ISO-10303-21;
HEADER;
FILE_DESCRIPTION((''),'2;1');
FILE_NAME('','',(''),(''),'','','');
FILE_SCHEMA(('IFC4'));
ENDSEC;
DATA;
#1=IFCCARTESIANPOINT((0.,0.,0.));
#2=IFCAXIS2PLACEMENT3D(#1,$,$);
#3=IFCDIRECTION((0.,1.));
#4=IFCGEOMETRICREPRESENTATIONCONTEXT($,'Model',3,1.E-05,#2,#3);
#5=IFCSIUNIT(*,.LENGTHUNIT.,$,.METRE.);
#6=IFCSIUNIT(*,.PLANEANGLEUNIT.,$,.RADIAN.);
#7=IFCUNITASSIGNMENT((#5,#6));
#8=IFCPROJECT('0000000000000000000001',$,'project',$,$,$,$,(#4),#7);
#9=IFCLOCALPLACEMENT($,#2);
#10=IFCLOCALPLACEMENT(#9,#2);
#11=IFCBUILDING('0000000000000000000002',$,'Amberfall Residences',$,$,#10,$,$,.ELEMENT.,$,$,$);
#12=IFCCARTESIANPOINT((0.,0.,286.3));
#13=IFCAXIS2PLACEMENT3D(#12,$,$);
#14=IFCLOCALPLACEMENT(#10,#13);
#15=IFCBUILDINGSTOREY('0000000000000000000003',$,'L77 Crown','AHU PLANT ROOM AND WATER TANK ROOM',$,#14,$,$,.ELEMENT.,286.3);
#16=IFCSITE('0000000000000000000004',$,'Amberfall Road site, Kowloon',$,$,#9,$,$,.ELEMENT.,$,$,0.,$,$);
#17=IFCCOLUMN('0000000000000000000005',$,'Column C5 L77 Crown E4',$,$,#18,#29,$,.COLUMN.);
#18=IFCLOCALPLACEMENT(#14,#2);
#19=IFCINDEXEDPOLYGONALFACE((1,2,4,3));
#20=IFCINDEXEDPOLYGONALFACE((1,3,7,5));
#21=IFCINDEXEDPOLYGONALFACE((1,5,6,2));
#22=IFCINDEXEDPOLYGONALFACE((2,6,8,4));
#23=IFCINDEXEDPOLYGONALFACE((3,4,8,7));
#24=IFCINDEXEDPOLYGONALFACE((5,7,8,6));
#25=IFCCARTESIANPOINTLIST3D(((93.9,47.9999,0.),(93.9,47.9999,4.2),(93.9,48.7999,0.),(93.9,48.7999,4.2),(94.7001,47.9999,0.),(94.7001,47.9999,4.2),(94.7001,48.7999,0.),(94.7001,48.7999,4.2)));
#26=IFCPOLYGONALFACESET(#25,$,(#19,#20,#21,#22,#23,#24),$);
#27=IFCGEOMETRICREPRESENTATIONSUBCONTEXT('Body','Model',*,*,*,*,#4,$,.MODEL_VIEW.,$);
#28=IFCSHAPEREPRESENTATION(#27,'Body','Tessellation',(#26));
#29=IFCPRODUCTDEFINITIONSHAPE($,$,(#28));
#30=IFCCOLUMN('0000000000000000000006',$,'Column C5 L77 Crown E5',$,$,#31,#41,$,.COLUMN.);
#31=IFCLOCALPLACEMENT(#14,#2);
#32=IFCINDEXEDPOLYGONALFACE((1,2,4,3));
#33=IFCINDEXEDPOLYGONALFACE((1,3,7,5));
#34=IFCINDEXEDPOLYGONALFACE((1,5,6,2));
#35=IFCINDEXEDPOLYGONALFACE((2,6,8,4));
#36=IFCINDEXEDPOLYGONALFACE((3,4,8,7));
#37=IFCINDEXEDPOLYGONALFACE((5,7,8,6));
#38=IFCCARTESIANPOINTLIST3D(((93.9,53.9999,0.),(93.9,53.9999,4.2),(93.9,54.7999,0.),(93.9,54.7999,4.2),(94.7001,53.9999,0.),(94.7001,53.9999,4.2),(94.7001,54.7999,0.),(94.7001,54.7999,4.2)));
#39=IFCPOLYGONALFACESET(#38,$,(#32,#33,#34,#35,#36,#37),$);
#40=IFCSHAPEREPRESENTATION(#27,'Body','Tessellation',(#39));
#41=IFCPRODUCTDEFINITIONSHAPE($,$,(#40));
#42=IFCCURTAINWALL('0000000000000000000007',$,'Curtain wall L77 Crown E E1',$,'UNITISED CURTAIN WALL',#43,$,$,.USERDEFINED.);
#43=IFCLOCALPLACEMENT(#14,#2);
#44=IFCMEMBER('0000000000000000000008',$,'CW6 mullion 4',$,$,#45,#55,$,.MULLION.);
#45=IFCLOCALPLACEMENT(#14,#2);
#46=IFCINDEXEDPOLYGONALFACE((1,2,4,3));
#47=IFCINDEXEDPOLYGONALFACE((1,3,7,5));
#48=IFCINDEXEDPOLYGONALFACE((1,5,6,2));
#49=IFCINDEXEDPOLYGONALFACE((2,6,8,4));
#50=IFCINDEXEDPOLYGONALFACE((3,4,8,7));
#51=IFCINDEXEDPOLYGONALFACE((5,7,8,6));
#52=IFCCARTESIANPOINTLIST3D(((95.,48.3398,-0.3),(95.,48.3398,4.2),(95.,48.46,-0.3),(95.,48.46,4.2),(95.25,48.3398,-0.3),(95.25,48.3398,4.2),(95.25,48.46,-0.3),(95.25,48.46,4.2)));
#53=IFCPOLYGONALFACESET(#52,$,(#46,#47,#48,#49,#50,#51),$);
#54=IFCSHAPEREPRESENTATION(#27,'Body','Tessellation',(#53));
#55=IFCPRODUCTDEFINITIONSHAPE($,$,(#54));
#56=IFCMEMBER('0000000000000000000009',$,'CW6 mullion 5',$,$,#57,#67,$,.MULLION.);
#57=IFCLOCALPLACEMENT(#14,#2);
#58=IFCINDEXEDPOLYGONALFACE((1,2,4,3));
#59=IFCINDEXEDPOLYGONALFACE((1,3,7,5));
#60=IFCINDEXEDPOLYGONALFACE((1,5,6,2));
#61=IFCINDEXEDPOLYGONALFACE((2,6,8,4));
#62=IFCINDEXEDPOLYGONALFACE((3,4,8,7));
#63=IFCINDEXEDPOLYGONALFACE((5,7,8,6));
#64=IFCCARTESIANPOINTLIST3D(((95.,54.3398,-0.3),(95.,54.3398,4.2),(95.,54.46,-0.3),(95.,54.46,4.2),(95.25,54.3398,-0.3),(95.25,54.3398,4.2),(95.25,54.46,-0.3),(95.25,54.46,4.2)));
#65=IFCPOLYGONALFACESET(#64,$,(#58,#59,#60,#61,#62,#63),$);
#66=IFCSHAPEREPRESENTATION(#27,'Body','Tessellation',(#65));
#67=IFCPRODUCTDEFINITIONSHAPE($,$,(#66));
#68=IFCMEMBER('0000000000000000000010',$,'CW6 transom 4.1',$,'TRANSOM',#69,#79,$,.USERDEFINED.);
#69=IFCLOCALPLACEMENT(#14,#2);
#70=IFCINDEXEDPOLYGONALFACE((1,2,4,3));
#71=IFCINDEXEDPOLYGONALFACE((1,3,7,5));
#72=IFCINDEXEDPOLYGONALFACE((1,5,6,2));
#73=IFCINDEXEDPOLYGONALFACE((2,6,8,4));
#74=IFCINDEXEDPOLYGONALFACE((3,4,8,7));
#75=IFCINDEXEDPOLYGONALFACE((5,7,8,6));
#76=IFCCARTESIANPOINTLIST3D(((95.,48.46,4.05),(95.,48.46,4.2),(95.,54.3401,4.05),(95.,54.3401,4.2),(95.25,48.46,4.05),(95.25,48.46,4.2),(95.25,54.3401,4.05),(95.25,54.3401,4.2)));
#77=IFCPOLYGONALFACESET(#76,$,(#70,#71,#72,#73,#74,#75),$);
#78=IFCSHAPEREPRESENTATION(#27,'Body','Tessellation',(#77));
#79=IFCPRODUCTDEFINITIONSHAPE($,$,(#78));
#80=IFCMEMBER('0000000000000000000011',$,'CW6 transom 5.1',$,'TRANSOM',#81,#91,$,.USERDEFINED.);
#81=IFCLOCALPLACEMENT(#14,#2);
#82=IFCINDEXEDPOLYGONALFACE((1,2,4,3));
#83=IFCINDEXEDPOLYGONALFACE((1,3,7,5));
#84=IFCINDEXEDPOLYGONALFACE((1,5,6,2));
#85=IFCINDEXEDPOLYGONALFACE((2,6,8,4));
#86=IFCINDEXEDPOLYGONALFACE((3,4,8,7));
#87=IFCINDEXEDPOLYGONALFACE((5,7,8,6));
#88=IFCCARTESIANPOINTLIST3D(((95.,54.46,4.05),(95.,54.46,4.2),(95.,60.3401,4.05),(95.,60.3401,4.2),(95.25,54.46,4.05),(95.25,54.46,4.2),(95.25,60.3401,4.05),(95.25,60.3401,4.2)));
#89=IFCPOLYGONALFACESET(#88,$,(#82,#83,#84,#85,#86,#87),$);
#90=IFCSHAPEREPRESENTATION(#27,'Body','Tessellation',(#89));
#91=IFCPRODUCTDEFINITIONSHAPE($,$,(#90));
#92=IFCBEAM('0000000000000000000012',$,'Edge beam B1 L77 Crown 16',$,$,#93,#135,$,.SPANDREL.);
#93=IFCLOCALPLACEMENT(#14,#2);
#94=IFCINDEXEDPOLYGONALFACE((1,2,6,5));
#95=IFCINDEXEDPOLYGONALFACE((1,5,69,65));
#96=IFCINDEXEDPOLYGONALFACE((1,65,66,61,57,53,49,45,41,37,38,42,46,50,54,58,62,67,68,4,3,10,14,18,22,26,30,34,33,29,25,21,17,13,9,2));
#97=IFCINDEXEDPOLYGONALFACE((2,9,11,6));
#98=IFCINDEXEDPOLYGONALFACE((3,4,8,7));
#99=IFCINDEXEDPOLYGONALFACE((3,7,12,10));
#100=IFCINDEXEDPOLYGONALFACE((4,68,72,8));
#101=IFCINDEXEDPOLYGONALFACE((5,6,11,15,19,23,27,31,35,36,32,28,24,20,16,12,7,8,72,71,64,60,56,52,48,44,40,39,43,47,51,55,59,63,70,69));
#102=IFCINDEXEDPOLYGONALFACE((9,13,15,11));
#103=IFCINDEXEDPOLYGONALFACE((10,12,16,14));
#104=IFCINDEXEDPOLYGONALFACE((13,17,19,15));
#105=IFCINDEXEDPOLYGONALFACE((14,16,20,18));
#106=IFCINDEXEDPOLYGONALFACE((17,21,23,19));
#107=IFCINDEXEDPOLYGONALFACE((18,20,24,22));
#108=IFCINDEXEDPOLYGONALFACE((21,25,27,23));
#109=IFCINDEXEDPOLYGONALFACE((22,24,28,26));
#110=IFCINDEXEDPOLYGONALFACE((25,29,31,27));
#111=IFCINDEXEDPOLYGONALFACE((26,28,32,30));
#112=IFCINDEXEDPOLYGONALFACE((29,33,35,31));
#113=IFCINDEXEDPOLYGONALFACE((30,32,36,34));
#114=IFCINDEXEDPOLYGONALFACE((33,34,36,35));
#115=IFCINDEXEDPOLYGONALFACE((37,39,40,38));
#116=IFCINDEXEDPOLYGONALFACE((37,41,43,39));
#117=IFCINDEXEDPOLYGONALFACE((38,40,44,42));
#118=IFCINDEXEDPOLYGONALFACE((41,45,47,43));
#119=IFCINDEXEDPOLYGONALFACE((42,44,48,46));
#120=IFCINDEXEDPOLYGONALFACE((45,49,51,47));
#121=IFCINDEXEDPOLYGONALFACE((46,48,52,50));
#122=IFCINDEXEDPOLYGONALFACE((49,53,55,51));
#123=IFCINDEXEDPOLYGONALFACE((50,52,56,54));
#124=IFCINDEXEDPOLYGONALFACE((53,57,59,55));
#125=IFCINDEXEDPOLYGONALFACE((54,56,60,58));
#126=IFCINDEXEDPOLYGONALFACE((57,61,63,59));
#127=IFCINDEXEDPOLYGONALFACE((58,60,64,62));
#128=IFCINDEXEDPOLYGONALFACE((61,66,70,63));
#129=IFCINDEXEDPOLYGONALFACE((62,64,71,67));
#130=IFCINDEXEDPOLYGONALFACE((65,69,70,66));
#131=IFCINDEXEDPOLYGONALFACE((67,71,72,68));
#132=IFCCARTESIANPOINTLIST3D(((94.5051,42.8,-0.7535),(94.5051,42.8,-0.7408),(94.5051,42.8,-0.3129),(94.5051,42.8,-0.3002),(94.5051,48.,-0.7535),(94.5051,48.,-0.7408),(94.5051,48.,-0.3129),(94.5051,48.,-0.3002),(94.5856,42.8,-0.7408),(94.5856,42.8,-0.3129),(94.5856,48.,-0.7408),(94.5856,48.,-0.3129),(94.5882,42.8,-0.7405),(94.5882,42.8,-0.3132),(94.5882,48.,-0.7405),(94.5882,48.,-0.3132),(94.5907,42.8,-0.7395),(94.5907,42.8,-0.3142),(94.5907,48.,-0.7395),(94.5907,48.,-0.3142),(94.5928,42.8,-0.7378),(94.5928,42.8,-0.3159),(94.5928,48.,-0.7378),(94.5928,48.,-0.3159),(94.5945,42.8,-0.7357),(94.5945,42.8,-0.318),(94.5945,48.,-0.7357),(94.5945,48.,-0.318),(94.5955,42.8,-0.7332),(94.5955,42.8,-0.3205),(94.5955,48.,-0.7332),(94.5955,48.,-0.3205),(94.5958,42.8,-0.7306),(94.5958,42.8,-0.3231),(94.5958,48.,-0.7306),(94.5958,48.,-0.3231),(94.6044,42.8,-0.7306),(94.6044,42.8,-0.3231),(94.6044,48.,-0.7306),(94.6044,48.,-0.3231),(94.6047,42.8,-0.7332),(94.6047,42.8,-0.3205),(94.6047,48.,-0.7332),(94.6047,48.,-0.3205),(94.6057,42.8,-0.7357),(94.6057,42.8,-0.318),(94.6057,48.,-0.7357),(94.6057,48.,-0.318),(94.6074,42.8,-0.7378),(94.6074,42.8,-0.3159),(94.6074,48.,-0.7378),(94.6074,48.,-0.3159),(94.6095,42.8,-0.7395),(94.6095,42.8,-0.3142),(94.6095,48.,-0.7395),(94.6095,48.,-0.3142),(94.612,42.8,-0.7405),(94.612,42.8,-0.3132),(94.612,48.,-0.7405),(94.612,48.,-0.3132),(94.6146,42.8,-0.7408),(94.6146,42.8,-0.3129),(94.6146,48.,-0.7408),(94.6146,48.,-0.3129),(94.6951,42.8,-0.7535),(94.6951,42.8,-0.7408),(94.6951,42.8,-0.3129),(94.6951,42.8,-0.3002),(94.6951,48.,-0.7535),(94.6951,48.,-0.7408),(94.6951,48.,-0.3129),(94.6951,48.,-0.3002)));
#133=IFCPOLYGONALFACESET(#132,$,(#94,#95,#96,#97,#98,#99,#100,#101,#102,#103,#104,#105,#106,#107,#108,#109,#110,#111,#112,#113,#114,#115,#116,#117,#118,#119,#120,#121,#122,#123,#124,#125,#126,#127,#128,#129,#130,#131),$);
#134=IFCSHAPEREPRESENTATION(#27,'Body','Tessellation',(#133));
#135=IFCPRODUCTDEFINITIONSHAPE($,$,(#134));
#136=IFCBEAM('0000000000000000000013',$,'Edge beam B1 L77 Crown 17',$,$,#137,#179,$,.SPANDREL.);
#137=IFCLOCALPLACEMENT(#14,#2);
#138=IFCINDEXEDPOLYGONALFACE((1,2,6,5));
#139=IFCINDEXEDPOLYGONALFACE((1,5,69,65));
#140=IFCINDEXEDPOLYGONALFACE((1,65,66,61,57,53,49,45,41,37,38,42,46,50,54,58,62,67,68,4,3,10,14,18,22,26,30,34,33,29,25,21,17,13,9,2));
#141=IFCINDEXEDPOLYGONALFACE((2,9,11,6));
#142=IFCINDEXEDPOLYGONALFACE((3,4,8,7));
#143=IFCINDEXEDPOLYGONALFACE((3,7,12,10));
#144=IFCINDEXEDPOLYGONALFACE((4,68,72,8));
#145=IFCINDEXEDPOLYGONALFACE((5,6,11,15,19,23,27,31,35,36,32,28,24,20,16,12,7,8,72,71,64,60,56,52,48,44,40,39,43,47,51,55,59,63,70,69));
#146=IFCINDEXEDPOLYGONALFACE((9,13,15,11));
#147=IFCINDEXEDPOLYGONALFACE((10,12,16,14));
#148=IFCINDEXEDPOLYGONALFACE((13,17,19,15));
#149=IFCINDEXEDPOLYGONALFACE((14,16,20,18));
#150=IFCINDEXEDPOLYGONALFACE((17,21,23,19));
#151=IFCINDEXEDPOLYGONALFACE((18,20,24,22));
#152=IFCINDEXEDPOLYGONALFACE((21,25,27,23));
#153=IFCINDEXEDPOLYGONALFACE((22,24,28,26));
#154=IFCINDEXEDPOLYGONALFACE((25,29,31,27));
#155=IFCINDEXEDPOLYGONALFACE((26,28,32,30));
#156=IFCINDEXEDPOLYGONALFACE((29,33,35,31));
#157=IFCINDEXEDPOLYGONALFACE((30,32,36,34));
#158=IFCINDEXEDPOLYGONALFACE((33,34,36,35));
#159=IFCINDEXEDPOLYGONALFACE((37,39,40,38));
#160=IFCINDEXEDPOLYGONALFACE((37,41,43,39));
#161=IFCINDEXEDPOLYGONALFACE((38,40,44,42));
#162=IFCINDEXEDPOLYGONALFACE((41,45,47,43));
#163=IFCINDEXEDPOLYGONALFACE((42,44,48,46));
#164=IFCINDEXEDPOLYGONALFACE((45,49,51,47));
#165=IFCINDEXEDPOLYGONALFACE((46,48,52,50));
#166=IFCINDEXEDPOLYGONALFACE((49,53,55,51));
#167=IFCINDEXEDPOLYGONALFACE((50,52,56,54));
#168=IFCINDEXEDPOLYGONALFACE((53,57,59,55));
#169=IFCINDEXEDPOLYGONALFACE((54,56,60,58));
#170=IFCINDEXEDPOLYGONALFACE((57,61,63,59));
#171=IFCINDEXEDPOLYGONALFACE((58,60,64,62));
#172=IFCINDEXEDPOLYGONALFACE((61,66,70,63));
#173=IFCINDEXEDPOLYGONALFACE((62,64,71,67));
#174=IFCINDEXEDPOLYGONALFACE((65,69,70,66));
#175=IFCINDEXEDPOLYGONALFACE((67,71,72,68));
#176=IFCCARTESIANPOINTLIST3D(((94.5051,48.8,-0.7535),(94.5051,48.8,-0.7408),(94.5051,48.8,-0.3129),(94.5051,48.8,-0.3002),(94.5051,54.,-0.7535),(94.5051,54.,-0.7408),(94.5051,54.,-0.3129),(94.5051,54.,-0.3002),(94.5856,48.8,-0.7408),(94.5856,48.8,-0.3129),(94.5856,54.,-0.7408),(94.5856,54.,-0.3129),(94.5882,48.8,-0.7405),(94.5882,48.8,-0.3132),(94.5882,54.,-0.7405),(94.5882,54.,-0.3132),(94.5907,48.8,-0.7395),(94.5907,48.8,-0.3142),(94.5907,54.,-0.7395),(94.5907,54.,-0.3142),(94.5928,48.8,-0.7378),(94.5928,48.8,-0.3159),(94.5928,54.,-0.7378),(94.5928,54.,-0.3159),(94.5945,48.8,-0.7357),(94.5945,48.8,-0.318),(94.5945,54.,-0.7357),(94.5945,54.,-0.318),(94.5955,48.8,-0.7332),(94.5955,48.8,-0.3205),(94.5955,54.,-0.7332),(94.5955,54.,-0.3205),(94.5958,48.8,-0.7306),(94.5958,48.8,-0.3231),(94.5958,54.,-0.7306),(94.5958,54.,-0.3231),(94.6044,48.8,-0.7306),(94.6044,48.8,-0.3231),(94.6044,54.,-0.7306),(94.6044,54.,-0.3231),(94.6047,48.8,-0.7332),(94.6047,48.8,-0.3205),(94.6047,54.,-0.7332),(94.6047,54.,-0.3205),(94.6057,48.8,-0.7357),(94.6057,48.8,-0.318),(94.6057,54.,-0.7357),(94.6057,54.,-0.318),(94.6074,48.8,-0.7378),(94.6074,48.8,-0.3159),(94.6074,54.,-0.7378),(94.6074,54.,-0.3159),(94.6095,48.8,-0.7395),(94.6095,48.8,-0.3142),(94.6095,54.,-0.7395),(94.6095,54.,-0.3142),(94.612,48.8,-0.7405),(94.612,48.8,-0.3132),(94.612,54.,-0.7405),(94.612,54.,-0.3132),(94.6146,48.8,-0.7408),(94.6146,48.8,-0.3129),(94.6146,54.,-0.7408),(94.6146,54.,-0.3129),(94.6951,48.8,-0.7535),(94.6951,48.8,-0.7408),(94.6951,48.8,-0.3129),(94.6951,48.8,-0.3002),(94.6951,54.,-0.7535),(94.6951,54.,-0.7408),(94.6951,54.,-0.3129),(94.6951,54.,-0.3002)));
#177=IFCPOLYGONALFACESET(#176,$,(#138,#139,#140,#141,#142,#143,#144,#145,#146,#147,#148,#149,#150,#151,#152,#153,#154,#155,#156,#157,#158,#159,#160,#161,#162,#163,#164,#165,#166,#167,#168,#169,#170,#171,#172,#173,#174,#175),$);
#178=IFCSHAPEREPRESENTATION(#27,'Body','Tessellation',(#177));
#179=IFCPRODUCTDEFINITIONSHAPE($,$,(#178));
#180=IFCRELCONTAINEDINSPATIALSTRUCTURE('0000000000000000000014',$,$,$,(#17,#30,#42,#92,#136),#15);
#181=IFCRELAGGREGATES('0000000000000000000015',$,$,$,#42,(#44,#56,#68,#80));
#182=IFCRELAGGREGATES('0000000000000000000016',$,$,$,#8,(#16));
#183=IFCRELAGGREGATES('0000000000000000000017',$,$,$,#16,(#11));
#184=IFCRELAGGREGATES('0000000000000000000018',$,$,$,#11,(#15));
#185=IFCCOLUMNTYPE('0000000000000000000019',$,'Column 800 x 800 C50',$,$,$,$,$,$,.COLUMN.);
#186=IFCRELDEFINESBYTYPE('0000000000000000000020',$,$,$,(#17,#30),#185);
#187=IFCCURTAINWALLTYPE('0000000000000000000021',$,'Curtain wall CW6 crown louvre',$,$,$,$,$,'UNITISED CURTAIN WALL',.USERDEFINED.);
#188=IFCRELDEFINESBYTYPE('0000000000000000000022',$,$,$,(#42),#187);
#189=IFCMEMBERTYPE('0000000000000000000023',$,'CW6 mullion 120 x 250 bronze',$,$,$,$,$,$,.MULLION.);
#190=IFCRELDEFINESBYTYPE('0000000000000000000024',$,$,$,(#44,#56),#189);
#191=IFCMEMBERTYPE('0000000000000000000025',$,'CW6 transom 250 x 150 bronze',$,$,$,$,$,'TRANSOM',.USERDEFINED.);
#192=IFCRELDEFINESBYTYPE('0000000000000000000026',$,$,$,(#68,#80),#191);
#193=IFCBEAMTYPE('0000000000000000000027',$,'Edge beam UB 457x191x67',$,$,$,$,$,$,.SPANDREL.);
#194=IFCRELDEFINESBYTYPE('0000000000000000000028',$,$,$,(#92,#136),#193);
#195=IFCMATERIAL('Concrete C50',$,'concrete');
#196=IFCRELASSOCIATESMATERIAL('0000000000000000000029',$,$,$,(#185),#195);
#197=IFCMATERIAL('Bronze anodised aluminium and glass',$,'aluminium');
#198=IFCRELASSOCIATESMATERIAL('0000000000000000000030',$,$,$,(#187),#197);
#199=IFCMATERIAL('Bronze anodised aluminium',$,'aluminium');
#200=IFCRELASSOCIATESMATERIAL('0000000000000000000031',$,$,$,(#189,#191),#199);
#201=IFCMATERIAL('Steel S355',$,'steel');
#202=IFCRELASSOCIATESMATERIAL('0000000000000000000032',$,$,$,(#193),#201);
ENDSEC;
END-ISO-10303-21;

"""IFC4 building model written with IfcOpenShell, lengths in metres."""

from ifc_helpers import new_model, si_unit, direction, frame, origin, origin_2d, place, context, subcontext, project, spatial, rectangle, i_section, extrude, material, material_profile, profile_set, type_object, element, aggregate, save


model = new_model("IFC4")

# Units and contexts
model_context = context("Model", 3, precision=1e-05, world=origin(), true_north=direction((0.0, 1.0)))
body_context = subcontext(model_context, "Body", "Model", "MODEL_VIEW")
ifc_project = project(units=[si_unit("LENGTHUNIT", "METRE"), si_unit("PLANEANGLEUNIT", "RADIAN")], contexts=[model_context])

# Site, building, storey
site_placement = place(None, origin())
site = spatial("IfcSite", under=ifc_project, at=site_placement, Name="Amberfall Road site, Kowloon", CompositionType="ELEMENT", RefElevation=0.0)
building_placement = place(site_placement, origin())
building = spatial("IfcBuilding", under=site, at=building_placement, Name="Amberfall Residences", CompositionType="ELEMENT")
storey_placement = place(building_placement, frame((0.0, 0.0, 286.3)))
storey = spatial("IfcBuildingStorey", under=building, at=storey_placement, Name="L77 Crown", Description="AHU PLANT ROOM AND WATER TANK ROOM", CompositionType="ELEMENT", Elevation=286.3)

# Columns
ifc_material_1 = material(Name="Concrete C50", Category="concrete")
ifc_material_profile_1 = material_profile(ifc_material_1, rectangle(XDim=0.8, YDim=0.8, at=origin_2d()), Name="Column 800 x 800 C50")
ifc_profile_set_1 = profile_set([ifc_material_profile_1], Name="Concrete C50")
column_type = type_object("IfcColumnType", Name="Column 800 x 800 C50", PredefinedType="COLUMN", material=ifc_profile_set_1)
for number, where, z_axis, x_axis, name in (
    (1, (94.3, 48.3999, 0.0), (0.0, 0.0, 1.0), (1.0, 0.0, 0.0), "Column C5 L77 Crown E4"),
    (2, (94.3, 54.3999, 0.0), (0.0, 0.0, 1.0), (1.0, 0.0, 0.0), "Column C5 L77 Crown E5"),
):
    element("IfcColumn", number, at=place(storey_placement, frame(where, z_axis=z_axis, x_axis=x_axis)), inside=storey, type_object=column_type, Name=name, PredefinedType="COLUMN", context=body_context, shape_type="SweptSolid", body=[
        extrude(rectangle(XDim=0.8, YDim=0.8, at=origin_2d()), origin(), (0.0, 0.0, 1.0), 4.2),
    ])

# Curtain wall, members
ifc_material_2 = material(Name="Bronze anodised aluminium and glass", Category="aluminium")
curtain_wall_type = type_object("IfcCurtainWallType", Name="Curtain wall CW6 crown louvre", ElementType="UNITISED CURTAIN WALL", PredefinedType="USERDEFINED", material=ifc_material_2)
curtain_wall_placement = place(storey_placement, origin())
curtain_wall = element("IfcCurtainWall", 3, at=curtain_wall_placement, inside=storey, type_object=curtain_wall_type, Name="Curtain wall L77 Crown E E1", ObjectType="UNITISED CURTAIN WALL", PredefinedType="USERDEFINED")
ifc_material_3 = material(Name="Bronze anodised aluminium", Category="aluminium")
ifc_material_profile_2 = material_profile(ifc_material_3, rectangle(XDim=0.25, YDim=0.1201, at=origin_2d()), Name="CW6 mullion 120 x 250 bronze")
ifc_profile_set_2 = profile_set([ifc_material_profile_2], Name="Bronze anodised aluminium")
member_type_1 = type_object("IfcMemberType", Name="CW6 mullion 120 x 250 bronze", PredefinedType="MULLION", material=ifc_profile_set_2)
member_1_placement = place(storey_placement, frame((95.125, 48.3999, -0.3), z_axis=(0.0, 0.0, 1.0), x_axis=(-1.0, 0.0, 0.0)))
member_1 = element("IfcMember", 4, at=member_1_placement, type_object=member_type_1, Name="CW6 mullion 4", PredefinedType="MULLION", context=body_context, shape_type="SweptSolid", body=[
    extrude(rectangle(XDim=0.25, YDim=0.1201, at=origin_2d()), origin(), (0.0, 0.0, 1.0), 4.5),
])
member_2_placement = place(storey_placement, frame((95.125, 54.3999, -0.3), z_axis=(0.0, 0.0, 1.0), x_axis=(-1.0, 0.0, 0.0)))
member_2 = element("IfcMember", 5, at=member_2_placement, type_object=member_type_1, Name="CW6 mullion 5", PredefinedType="MULLION", context=body_context, shape_type="SweptSolid", body=[
    extrude(rectangle(XDim=0.25, YDim=0.1201, at=origin_2d()), origin(), (0.0, 0.0, 1.0), 4.5),
])
ifc_material_profile_3 = material_profile(ifc_material_3, rectangle(XDim=0.25, YDim=0.1499, at=origin_2d()), Name="CW6 transom 250 x 150 bronze")
ifc_profile_set_3 = profile_set([ifc_material_profile_3], Name="Bronze anodised aluminium")
member_type_2 = type_object("IfcMemberType", Name="CW6 transom 250 x 150 bronze", ElementType="TRANSOM", PredefinedType="USERDEFINED", material=ifc_profile_set_3)
member_3_placement = place(storey_placement, frame((95.125, 48.46, 4.125), z_axis=(0.0, 1.0, 0.0), x_axis=(-1.0, 0.0, 0.0)))
member_3 = element("IfcMember", 6, at=member_3_placement, type_object=member_type_2, Name="CW6 transom 4.1", ObjectType="TRANSOM", PredefinedType="USERDEFINED", context=body_context, shape_type="SweptSolid", body=[
    extrude(rectangle(XDim=0.25, YDim=0.1499, at=origin_2d()), origin(), (0.0, 0.0, 1.0), 5.8801),
])
member_4_placement = place(storey_placement, frame((95.125, 54.46, 4.125), z_axis=(0.0, 1.0, 0.0), x_axis=(-1.0, 0.0, 0.0)))
member_4 = element("IfcMember", 7, at=member_4_placement, type_object=member_type_2, Name="CW6 transom 5.1", ObjectType="TRANSOM", PredefinedType="USERDEFINED", context=body_context, shape_type="SweptSolid", body=[
    extrude(rectangle(XDim=0.25, YDim=0.1499, at=origin_2d()), origin(), (0.0, 0.0, 1.0), 5.8801),
])

# Beams
ifc_material_4 = material(Name="Steel S355", Category="steel")
ifc_material_profile_4 = material_profile(ifc_material_4, i_section(OverallWidth=0.1899, OverallDepth=0.4534, WebThickness=0.0085, FlangeThickness=0.0127, FilletRadius=0.0103, at=origin_2d()), Name="UB 457x191x67")
ifc_profile_set_4 = profile_set([ifc_material_profile_4], Name="Steel S355")
beam_type_1 = type_object("IfcBeamType", Name="Edge beam UB 457x191x67", PredefinedType="SPANDREL", material=ifc_profile_set_4)
for number, where, z_axis, x_axis, name in (
    (8, (94.6001, 42.8, -0.5269), (0.0, 1.0, 0.0), (-1.0, 0.0, 0.0), "Edge beam B1 L77 Crown 16"),
    (9, (94.6001, 48.8, -0.5269), (0.0, 1.0, 0.0), (-1.0, 0.0, 0.0), "Edge beam B1 L77 Crown 17"),
):
    element("IfcBeam", number, at=place(storey_placement, frame(where, z_axis=z_axis, x_axis=x_axis)), inside=storey, type_object=beam_type_1, Name=name, PredefinedType="SPANDREL", context=body_context, shape_type="SweptSolid", body=[
        extrude(i_section(OverallWidth=0.1899, OverallDepth=0.4534, WebThickness=0.0085, FlangeThickness=0.0127, FilletRadius=0.0103, at=origin_2d()), origin(), (0.0, 0.0, 1.0), 5.2),
    ])

aggregate(curtain_wall, [member_1, member_2, member_3, member_4])

save(model, "model.ifc")
